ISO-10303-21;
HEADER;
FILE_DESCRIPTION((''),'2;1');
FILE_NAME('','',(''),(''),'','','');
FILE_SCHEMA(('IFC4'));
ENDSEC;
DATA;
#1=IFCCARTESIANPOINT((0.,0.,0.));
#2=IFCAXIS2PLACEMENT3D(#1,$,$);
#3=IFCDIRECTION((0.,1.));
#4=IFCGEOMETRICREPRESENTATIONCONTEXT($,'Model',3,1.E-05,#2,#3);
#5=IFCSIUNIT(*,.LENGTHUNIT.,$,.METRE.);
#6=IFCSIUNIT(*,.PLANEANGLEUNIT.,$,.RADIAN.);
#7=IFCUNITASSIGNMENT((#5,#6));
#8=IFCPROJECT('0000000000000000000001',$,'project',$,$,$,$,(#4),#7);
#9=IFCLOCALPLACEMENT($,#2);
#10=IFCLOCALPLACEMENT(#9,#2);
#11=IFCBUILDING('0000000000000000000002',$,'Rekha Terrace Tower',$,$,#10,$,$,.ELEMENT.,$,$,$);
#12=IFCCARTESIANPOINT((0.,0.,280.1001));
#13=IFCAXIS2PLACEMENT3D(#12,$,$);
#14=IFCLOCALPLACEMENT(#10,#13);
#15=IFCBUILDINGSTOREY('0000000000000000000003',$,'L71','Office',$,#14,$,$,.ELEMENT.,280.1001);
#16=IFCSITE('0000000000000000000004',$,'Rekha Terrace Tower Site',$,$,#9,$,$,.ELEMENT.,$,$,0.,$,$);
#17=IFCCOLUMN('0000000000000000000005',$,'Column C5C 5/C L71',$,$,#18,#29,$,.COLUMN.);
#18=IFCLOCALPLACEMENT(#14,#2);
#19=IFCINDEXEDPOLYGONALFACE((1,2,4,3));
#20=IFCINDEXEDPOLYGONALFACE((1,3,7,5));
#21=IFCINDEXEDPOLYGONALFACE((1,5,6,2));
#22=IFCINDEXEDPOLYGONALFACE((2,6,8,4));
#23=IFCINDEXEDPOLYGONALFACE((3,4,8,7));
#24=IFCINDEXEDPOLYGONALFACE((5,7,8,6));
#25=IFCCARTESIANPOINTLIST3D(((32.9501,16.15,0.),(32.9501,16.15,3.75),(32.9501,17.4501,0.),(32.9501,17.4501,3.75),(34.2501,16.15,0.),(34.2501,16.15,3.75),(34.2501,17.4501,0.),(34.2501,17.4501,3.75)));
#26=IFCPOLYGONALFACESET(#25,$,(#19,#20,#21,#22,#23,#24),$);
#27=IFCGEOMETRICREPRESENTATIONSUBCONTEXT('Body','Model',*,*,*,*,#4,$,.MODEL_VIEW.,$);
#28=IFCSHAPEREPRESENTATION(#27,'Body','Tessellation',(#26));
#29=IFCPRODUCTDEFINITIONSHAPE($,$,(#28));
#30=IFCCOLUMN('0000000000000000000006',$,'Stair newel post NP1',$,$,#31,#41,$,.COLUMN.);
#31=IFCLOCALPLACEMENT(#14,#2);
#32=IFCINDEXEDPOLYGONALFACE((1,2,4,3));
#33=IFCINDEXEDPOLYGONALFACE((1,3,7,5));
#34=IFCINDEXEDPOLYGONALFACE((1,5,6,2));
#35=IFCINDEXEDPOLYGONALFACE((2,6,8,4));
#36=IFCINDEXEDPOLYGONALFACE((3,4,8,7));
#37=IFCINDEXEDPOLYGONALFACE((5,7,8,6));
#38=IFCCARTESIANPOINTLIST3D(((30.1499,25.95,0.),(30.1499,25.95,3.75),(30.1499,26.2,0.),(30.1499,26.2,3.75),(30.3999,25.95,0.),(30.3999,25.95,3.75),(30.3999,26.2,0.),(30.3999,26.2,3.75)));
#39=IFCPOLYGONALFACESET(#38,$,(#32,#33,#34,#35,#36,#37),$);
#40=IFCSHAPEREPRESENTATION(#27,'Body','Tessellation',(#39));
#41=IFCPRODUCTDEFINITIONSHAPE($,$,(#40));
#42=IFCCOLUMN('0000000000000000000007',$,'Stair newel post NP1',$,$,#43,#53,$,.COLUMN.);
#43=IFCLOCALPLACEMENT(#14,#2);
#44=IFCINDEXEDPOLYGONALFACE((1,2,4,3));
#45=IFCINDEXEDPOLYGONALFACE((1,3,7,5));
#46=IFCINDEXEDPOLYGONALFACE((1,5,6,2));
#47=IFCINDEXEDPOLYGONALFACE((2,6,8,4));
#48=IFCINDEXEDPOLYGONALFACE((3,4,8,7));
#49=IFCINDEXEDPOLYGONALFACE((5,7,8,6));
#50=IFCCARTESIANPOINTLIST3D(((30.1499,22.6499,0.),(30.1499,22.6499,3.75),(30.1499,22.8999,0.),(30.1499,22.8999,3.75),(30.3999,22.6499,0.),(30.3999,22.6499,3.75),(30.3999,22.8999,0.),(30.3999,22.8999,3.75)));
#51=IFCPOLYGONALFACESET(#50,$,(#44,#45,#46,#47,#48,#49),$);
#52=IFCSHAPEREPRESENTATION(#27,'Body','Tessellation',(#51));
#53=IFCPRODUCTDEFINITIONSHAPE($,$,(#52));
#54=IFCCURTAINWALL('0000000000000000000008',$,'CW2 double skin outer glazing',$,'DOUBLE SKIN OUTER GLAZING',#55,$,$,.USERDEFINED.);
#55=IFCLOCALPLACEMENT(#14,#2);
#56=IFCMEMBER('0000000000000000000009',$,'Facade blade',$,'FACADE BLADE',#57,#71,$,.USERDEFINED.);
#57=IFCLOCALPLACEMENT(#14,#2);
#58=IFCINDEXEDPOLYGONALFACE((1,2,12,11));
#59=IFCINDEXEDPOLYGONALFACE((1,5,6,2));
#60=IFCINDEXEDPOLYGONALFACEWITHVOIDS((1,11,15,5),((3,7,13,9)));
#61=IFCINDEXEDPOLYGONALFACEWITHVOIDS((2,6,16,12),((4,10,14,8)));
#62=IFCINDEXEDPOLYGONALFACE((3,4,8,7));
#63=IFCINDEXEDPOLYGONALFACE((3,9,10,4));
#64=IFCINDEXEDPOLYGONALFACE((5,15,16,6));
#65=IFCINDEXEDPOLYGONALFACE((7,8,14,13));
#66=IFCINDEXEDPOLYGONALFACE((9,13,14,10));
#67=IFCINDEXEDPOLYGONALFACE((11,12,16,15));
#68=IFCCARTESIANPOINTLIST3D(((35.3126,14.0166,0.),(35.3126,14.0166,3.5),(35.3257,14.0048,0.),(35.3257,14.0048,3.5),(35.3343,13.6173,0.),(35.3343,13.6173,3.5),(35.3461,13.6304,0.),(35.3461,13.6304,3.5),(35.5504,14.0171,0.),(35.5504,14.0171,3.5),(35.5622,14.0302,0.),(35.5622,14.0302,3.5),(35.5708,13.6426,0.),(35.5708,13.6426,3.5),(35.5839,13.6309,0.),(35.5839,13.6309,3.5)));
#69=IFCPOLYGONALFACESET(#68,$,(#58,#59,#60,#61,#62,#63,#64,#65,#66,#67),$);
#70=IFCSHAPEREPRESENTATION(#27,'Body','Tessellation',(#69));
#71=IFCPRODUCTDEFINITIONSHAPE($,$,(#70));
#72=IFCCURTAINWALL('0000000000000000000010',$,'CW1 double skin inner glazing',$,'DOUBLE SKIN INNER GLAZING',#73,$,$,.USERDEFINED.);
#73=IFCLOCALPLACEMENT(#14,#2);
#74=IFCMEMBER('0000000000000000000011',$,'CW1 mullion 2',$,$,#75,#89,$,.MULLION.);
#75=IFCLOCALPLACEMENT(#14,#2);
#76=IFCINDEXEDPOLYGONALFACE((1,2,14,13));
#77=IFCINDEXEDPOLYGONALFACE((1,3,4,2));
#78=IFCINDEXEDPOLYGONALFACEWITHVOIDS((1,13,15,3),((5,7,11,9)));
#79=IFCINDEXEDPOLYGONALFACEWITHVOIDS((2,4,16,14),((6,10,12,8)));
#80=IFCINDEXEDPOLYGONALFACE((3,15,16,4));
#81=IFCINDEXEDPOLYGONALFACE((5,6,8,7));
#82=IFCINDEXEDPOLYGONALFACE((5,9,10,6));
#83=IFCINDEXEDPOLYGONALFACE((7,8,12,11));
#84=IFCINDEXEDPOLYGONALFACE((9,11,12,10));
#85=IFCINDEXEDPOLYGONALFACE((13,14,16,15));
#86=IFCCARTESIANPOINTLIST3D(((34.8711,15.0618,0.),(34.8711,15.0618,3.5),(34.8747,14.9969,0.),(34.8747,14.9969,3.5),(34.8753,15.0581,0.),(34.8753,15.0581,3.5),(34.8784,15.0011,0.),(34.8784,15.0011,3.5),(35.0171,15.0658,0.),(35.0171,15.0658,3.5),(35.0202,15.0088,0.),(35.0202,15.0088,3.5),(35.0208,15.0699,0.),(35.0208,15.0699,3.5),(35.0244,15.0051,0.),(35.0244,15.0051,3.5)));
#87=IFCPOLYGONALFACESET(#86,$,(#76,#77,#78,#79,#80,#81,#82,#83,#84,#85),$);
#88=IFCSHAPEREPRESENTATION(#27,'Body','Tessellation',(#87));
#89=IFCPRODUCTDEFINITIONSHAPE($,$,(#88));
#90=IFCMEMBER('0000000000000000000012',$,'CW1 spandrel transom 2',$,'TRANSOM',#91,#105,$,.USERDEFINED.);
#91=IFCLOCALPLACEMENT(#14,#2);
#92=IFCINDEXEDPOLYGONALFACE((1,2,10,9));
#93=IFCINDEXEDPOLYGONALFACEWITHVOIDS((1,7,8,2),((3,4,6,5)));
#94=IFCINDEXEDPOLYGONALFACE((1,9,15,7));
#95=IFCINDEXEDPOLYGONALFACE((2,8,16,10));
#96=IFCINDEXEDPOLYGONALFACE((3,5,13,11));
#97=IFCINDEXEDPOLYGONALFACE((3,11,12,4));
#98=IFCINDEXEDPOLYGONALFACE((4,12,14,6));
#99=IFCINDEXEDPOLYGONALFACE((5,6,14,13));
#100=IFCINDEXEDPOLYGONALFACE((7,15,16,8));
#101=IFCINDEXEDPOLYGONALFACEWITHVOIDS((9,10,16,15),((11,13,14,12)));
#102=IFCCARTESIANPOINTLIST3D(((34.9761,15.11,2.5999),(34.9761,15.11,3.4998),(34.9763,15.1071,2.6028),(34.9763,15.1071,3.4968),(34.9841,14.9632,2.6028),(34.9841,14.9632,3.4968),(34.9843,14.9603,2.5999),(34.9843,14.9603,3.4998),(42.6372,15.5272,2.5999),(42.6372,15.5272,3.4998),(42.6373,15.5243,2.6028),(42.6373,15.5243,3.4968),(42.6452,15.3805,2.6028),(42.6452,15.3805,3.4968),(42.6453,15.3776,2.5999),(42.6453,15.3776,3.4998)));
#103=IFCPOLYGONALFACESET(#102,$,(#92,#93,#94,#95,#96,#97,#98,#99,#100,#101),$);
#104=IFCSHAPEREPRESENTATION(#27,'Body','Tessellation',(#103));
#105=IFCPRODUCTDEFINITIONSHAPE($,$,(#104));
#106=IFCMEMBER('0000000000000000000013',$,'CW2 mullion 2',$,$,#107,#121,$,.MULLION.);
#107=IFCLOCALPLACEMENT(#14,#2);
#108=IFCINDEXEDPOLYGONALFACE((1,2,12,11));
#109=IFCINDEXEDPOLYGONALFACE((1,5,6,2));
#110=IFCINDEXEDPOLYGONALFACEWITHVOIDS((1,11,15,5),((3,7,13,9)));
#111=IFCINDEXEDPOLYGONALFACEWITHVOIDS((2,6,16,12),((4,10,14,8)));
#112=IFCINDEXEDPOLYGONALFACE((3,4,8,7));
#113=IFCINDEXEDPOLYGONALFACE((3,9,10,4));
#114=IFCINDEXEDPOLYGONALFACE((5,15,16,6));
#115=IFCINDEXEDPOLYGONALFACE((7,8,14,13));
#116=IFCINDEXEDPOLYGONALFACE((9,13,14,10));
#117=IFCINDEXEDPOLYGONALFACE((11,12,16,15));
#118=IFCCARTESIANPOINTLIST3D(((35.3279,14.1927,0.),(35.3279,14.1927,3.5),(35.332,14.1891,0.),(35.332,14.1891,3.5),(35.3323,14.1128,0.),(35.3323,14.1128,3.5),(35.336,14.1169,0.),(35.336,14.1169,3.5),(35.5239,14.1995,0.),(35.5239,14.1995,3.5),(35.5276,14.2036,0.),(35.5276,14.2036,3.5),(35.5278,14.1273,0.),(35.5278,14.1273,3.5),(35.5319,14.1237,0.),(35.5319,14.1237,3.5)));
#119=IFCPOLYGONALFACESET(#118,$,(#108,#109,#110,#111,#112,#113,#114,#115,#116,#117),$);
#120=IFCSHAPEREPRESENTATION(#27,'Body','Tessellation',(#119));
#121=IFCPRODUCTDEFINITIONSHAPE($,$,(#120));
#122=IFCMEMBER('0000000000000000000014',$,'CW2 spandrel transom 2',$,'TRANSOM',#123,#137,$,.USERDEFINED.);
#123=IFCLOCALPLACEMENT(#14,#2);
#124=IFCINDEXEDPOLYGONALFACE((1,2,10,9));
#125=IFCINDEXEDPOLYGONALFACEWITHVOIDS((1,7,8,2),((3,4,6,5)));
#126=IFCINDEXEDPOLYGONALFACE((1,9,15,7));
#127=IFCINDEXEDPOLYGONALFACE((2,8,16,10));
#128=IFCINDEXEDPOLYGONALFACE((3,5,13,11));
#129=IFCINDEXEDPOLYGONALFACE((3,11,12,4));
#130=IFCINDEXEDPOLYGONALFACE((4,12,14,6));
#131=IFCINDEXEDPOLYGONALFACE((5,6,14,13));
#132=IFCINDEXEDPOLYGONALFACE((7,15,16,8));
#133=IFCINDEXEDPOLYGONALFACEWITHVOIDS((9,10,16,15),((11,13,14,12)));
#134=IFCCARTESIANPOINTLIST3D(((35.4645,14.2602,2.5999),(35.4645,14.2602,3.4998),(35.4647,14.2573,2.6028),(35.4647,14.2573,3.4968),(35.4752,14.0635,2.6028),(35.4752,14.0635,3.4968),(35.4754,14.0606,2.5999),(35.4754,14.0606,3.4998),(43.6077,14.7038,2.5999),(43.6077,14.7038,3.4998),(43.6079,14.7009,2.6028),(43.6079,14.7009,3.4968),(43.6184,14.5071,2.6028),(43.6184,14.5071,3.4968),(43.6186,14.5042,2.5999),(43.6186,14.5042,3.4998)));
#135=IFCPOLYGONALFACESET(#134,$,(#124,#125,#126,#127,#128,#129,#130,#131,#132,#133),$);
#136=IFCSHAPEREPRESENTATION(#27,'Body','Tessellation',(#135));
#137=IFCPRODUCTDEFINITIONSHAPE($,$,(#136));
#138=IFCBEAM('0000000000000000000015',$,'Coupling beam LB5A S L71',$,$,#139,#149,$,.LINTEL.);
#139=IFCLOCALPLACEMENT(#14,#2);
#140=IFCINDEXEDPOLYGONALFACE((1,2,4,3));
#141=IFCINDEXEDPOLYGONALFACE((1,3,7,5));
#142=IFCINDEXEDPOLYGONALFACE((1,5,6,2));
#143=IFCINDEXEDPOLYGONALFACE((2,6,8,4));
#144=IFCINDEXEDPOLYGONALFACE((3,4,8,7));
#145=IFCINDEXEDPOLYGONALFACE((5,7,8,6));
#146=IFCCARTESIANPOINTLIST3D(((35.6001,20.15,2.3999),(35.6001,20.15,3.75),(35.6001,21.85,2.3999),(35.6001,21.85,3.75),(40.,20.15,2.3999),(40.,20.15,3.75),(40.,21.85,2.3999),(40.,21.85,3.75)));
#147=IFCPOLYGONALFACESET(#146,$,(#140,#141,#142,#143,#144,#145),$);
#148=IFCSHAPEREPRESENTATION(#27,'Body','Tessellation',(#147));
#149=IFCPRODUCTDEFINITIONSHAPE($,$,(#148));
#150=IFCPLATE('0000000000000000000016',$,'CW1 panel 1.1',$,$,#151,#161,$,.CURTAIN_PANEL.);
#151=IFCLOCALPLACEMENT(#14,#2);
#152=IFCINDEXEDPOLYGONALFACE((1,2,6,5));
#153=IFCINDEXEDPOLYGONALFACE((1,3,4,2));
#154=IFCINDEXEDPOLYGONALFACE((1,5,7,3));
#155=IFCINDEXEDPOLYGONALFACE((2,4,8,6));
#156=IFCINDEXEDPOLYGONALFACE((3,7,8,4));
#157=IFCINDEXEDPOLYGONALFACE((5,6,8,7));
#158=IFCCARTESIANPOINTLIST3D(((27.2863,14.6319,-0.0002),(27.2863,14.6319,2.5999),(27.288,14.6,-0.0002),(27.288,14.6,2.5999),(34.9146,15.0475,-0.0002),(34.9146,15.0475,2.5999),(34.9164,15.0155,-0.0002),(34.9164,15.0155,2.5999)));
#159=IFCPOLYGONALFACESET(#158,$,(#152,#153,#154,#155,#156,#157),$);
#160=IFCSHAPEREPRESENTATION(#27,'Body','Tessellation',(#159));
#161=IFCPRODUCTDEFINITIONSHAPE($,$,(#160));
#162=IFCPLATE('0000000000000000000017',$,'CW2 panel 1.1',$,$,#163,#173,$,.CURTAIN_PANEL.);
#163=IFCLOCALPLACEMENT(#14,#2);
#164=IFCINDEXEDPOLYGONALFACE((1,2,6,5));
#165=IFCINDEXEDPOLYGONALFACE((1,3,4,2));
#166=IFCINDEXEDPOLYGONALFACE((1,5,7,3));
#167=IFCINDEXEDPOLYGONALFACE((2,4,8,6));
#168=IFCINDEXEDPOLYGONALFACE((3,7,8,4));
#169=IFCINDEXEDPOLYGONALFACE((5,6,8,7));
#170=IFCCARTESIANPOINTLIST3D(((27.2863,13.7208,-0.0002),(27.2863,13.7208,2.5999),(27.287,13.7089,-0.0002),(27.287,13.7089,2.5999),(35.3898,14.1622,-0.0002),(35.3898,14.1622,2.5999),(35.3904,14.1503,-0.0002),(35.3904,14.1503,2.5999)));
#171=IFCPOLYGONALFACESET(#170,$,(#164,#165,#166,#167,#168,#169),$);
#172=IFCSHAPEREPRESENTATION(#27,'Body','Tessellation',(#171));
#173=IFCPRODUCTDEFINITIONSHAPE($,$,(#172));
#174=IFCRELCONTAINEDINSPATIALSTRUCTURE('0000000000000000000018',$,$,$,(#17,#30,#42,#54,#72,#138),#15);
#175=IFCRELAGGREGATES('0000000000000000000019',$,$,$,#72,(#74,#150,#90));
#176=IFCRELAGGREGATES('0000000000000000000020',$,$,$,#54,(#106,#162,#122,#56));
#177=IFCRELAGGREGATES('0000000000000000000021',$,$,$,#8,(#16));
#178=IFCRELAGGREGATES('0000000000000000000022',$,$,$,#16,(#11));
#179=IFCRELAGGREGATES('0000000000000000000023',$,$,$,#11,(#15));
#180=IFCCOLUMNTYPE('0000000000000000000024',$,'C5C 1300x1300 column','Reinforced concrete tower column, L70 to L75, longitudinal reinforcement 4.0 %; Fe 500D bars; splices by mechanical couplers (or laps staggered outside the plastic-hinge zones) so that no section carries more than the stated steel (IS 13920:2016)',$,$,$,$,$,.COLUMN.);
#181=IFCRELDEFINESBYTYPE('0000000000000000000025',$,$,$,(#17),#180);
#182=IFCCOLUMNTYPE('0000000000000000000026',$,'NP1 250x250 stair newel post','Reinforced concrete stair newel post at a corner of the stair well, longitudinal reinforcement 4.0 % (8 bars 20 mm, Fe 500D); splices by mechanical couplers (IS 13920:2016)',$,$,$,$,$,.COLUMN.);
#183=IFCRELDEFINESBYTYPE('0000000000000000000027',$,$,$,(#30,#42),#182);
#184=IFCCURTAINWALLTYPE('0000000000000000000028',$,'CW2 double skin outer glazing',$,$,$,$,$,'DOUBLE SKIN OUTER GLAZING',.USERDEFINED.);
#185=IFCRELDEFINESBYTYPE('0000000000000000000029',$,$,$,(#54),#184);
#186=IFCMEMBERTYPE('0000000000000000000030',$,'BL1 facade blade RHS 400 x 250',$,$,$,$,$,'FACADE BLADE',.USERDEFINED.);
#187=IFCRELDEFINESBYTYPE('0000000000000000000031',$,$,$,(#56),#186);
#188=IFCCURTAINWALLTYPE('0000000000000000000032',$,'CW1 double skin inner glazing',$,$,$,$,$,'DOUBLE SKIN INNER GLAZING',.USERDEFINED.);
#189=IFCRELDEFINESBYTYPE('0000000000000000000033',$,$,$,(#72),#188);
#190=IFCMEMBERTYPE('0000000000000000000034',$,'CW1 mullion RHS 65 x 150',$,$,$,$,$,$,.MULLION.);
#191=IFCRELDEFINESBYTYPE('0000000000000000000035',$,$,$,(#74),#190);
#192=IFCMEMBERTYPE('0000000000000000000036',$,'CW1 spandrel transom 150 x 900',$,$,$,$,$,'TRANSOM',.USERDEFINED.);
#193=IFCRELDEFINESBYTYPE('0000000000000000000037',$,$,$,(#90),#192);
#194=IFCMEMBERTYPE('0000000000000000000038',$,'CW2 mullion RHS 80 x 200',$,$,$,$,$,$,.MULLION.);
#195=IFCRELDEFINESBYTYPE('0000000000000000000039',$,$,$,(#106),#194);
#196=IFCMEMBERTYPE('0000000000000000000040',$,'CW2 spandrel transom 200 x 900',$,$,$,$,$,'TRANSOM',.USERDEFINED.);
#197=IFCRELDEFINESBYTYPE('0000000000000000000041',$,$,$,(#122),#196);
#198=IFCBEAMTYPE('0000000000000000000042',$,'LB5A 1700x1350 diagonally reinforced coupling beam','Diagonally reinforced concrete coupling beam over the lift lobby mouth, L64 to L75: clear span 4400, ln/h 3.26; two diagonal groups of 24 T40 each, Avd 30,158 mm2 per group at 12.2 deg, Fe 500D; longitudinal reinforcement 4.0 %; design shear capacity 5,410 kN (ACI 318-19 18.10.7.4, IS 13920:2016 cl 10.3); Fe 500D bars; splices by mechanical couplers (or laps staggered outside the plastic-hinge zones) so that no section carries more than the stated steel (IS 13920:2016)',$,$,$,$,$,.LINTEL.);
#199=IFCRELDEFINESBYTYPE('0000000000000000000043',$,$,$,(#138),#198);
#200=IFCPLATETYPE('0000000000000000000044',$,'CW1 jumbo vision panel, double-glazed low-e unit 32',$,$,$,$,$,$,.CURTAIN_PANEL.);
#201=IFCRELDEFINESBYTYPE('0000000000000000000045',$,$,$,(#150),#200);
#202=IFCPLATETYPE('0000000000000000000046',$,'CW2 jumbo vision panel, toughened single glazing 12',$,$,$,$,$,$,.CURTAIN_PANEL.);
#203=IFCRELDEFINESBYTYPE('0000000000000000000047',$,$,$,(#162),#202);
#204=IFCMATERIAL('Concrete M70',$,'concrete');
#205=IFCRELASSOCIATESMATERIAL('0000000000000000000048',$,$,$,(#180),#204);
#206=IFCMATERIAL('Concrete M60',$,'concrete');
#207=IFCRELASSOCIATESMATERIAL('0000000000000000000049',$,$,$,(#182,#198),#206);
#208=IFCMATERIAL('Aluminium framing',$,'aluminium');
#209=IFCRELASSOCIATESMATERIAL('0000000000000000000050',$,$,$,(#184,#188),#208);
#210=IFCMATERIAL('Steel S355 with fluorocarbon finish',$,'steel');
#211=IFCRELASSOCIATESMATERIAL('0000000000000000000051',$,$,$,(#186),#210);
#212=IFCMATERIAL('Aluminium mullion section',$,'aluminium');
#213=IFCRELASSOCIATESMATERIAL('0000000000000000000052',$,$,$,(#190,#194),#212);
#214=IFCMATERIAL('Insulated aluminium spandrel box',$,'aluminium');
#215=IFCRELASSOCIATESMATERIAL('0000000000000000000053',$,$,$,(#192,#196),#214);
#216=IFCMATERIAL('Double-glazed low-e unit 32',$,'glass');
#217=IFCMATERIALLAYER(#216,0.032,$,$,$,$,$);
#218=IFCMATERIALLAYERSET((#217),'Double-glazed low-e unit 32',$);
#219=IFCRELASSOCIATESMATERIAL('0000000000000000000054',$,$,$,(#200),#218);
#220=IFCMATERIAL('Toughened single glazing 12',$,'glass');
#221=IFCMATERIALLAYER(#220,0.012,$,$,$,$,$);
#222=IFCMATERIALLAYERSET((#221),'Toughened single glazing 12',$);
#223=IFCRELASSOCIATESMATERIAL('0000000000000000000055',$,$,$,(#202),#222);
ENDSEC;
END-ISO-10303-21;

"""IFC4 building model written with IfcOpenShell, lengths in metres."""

from ifc_helpers import new_model, si_unit, direction, frame, origin, origin_2d, place, context, subcontext, project, spatial, rectangle, hollow_rectangle, extrude, material, layer, layer_set, material_profile, profile_set, type_object, element, aggregate, save


model = new_model("IFC4")

# Units and contexts
model_context = context("Model", 3, precision=1e-05, world=origin(), true_north=direction((0.0, 1.0)))
body_context = subcontext(model_context, "Body", "Model", "MODEL_VIEW")
ifc_project = project(units=[si_unit("LENGTHUNIT", "METRE"), si_unit("PLANEANGLEUNIT", "RADIAN")], contexts=[model_context])

# Site, building, storey
site_placement = place(None, origin())
site = spatial("IfcSite", under=ifc_project, at=site_placement, Name="Rekha Terrace Tower Site", CompositionType="ELEMENT", RefElevation=0.0)
building_placement = place(site_placement, origin())
building = spatial("IfcBuilding", under=site, at=building_placement, Name="Rekha Terrace Tower", CompositionType="ELEMENT")
storey_placement = place(building_placement, frame((0.0, 0.0, 280.1001)))
storey = spatial("IfcBuildingStorey", under=building, at=storey_placement, Name="L71", Description="Office", CompositionType="ELEMENT", Elevation=280.1001)

# Columns
ifc_material_1 = material(Name="Concrete M70", Category="concrete")
ifc_material_profile_1 = material_profile(ifc_material_1, rectangle(XDim=1.3, YDim=1.3, at=origin_2d()), Name="RC 1300x1300")
ifc_profile_set_1 = profile_set([ifc_material_profile_1], Name="Concrete M70")
column_type_1 = type_object("IfcColumnType", Name="C5C 1300x1300 column", Description="Reinforced concrete tower column, L70 to L75, longitudinal reinforcement 4.0 %; Fe 500D bars; splices by mechanical couplers (or laps staggered outside the plastic-hinge zones) so that no section carries more than the stated steel (IS 13920:2016)", PredefinedType="COLUMN", material=ifc_profile_set_1)
column_placement = place(storey_placement, frame((33.6001, 16.8, 0.0), z_axis=(0.0, 0.0, 1.0), x_axis=(1.0, 0.0, 0.0)))
element("IfcColumn", 1, at=column_placement, inside=storey, type_object=column_type_1, Name="Column C5C 5/C L71", PredefinedType="COLUMN", context=body_context, shape_type="SweptSolid", body=[
    extrude(rectangle(XDim=1.3, YDim=1.3, at=origin_2d()), origin(), (0.0, 0.0, 1.0), 3.75),
])
ifc_material_2 = material(Name="Concrete M60", Category="concrete")
ifc_material_profile_2 = material_profile(ifc_material_2, rectangle(XDim=0.25, YDim=0.25, at=origin_2d()), Name="RC 250x250")
ifc_profile_set_2 = profile_set([ifc_material_profile_2], Name="Concrete M60")
column_type_2 = type_object("IfcColumnType", Name="NP1 250x250 stair newel post", Description="Reinforced concrete stair newel post at a corner of the stair well, longitudinal reinforcement 4.0 % (8 bars 20 mm, Fe 500D); splices by mechanical couplers (IS 13920:2016)", PredefinedType="COLUMN", material=ifc_profile_set_2)
for number, where, z_axis, x_axis, name in (
    (2, (30.2749, 26.075, 0.0), (0.0, 0.0, 1.0), (1.0, 0.0, 0.0), "Stair newel post NP1"),
    (3, (30.2749, 22.7749, 0.0), (0.0, 0.0, 1.0), (1.0, 0.0, 0.0), "Stair newel post NP1"),
):
    element("IfcColumn", number, at=place(storey_placement, frame(where, z_axis=z_axis, x_axis=x_axis)), inside=storey, type_object=column_type_2, Name=name, PredefinedType="COLUMN", context=body_context, shape_type="SweptSolid", body=[
        extrude(rectangle(XDim=0.25, YDim=0.25, at=origin_2d()), origin(), (0.0, 0.0, 1.0), 3.75),
    ])

# Curtain wall, member
ifc_material_3 = material(Name="Aluminium framing", Category="aluminium")
curtain_wall_type_1 = type_object("IfcCurtainWallType", Name="CW2 double skin outer glazing", ElementType="DOUBLE SKIN OUTER GLAZING", PredefinedType="USERDEFINED", material=ifc_material_3)
curtain_wall_1_placement = place(storey_placement, origin())
curtain_wall_1 = element("IfcCurtainWall", 4, at=curtain_wall_1_placement, inside=storey, type_object=curtain_wall_type_1, Name="CW2 double skin outer glazing", ObjectType="DOUBLE SKIN OUTER GLAZING", PredefinedType="USERDEFINED")
ifc_material_4 = material(Name="Steel S355 with fluorocarbon finish", Category="steel")
ifc_material_profile_3 = material_profile(ifc_material_4, hollow_rectangle(XDim=0.25, YDim=0.3999, WallThickness=0.0125, at=origin_2d()), Name="RHS400x250x12.5")
ifc_profile_set_3 = profile_set([ifc_material_profile_3], Name="Steel S355 with fluorocarbon finish")
member_type_1 = type_object("IfcMemberType", Name="BL1 facade blade RHS 400 x 250", ElementType="FACADE BLADE", PredefinedType="USERDEFINED", material=ifc_profile_set_3)
member_1_placement = place(storey_placement, frame((35.4482, 13.8237, 0.0), z_axis=(0.0, 0.0, 1.0), x_axis=(0.99852, 0.054389, 0.0)))
member_1 = element("IfcMember", 5, at=member_1_placement, type_object=member_type_1, Name="Facade blade", ObjectType="FACADE BLADE", PredefinedType="USERDEFINED", context=body_context, shape_type="SweptSolid", body=[
    extrude(hollow_rectangle(XDim=0.25, YDim=0.3999, WallThickness=0.0125, at=origin_2d()), origin(), (0.0, 0.0, 1.0), 3.5),
])

# Curtain wall, members
curtain_wall_type_2 = type_object("IfcCurtainWallType", Name="CW1 double skin inner glazing", ElementType="DOUBLE SKIN INNER GLAZING", PredefinedType="USERDEFINED", material=ifc_material_3)
curtain_wall_2_placement = place(storey_placement, origin())
curtain_wall_2 = element("IfcCurtainWall", 6, at=curtain_wall_2_placement, inside=storey, type_object=curtain_wall_type_2, Name="CW1 double skin inner glazing", ObjectType="DOUBLE SKIN INNER GLAZING", PredefinedType="USERDEFINED")
ifc_material_5 = material(Name="Aluminium mullion section", Category="aluminium")
ifc_material_profile_4 = material_profile(ifc_material_5, hollow_rectangle(XDim=0.0649, YDim=0.1499, WallThickness=0.0039, at=origin_2d()), Name="AL RHS 65x150")
ifc_profile_set_4 = profile_set([ifc_material_profile_4], Name="Aluminium mullion section")
member_type_2 = type_object("IfcMemberType", Name="CW1 mullion RHS 65 x 150", PredefinedType="MULLION", material=ifc_profile_set_4)
member_2_placement = place(storey_placement, frame((34.9478, 15.0334, 0.0), z_axis=(0.0, 0.0, 1.0), x_axis=(-0.054389, 0.99852, 0.0)))
member_2 = element("IfcMember", 7, at=member_2_placement, type_object=member_type_2, Name="CW1 mullion 2", PredefinedType="MULLION", context=body_context, shape_type="SweptSolid", body=[
    extrude(hollow_rectangle(XDim=0.0649, YDim=0.1499, WallThickness=0.0039, at=origin_2d()), origin(), (0.0, 0.0, 1.0), 3.5),
])
ifc_material_6 = material(Name="Insulated aluminium spandrel box", Category="aluminium")
ifc_material_profile_5 = material_profile(ifc_material_6, hollow_rectangle(XDim=0.1499, YDim=0.8999, WallThickness=0.0029, at=origin_2d()), Name="AL SPANDREL BOX 150x900")
ifc_profile_set_5 = profile_set([ifc_material_profile_5], Name="Insulated aluminium spandrel box")
member_type_3 = type_object("IfcMemberType", Name="CW1 spandrel transom 150 x 900", ElementType="TRANSOM", PredefinedType="USERDEFINED", material=ifc_profile_set_5)
member_3_placement = place(storey_placement, frame((34.9802, 15.0352, 3.0498), z_axis=(0.99852, 0.054383, 0.0), x_axis=(-0.054383, 0.99852, 0.0)))
member_3 = element("IfcMember", 8, at=member_3_placement, type_object=member_type_3, Name="CW1 spandrel transom 2", ObjectType="TRANSOM", PredefinedType="USERDEFINED", context=body_context, shape_type="SweptSolid", body=[
    extrude(hollow_rectangle(XDim=0.1499, YDim=0.8999, WallThickness=0.0029, at=origin_2d()), origin(), (0.0, 0.0, 1.0), 7.6724),
])

# Members
ifc_material_profile_6 = material_profile(ifc_material_5, hollow_rectangle(XDim=0.0801, YDim=0.2, WallThickness=0.0039, at=origin_2d()), Name="AL RHS 80x200")
ifc_profile_set_6 = profile_set([ifc_material_profile_6], Name="Aluminium mullion section")
member_type_4 = type_object("IfcMemberType", Name="CW2 mullion RHS 80 x 200", PredefinedType="MULLION", material=ifc_profile_set_6)
member_4_placement = place(storey_placement, frame((35.4299, 14.1582, 0.0), z_axis=(0.0, 0.0, 1.0), x_axis=(-0.054389, 0.99852, 0.0)))
member_4 = element("IfcMember", 9, at=member_4_placement, type_object=member_type_4, Name="CW2 mullion 2", PredefinedType="MULLION", context=body_context, shape_type="SweptSolid", body=[
    extrude(hollow_rectangle(XDim=0.0801, YDim=0.2, WallThickness=0.0039, at=origin_2d()), origin(), (0.0, 0.0, 1.0), 3.5),
])
ifc_material_profile_7 = material_profile(ifc_material_6, hollow_rectangle(XDim=0.2, YDim=0.8999, WallThickness=0.0029, at=origin_2d()), Name="AL SPANDREL BOX 200x900")
ifc_profile_set_7 = profile_set([ifc_material_profile_7], Name="Insulated aluminium spandrel box")
member_type_5 = type_object("IfcMemberType", Name="CW2 spandrel transom 200 x 900", ElementType="TRANSOM", PredefinedType="USERDEFINED", material=ifc_profile_set_7)
member_5_placement = place(storey_placement, frame((35.47, 14.1604, 3.0498), z_axis=(0.99852, 0.054394, 0.0), x_axis=(-0.054394, 0.99852, 0.0)))
member_5 = element("IfcMember", 10, at=member_5_placement, type_object=member_type_5, Name="CW2 spandrel transom 2", ObjectType="TRANSOM", PredefinedType="USERDEFINED", context=body_context, shape_type="SweptSolid", body=[
    extrude(hollow_rectangle(XDim=0.2, YDim=0.8999, WallThickness=0.0029, at=origin_2d()), origin(), (0.0, 0.0, 1.0), 8.1553),
])

# Beam
ifc_material_profile_8 = material_profile(ifc_material_2, rectangle(XDim=1.7, YDim=1.3501, at=origin_2d()), Name="RC 1700x1350")
ifc_profile_set_8 = profile_set([ifc_material_profile_8], Name="Concrete M60")
beam_type = type_object("IfcBeamType", Name="LB5A 1700x1350 diagonally reinforced coupling beam", Description="Diagonally reinforced concrete coupling beam over the lift lobby mouth, L64 to L75: clear span 4400, ln/h 3.26; two diagonal groups of 24 T40 each, Avd 30,158 mm2 per group at 12.2 deg, Fe 500D; longitudinal reinforcement 4.0 %; design shear capacity 5,410 kN (ACI 318-19 18.10.7.4, IS 13920:2016 cl 10.3); Fe 500D bars; splices by mechanical couplers (or laps staggered outside the plastic-hinge zones) so that no section carries more than the stated steel (IS 13920:2016)", PredefinedType="LINTEL", material=ifc_profile_set_8)
beam_placement = place(storey_placement, frame((35.6001, 21.0, 3.075), z_axis=(1.0, 0.0, 0.0), x_axis=(0.0, 1.0, 0.0)))
element("IfcBeam", 11, at=beam_placement, inside=storey, type_object=beam_type, Name="Coupling beam LB5A S L71", PredefinedType="LINTEL", context=body_context, shape_type="SweptSolid", body=[
    extrude(rectangle(XDim=1.7, YDim=1.3501, at=origin_2d()), origin(), (0.0, 0.0, 1.0), 4.3999),
])

# Plates
ifc_material_7 = material(Name="Double-glazed low-e unit 32", Category="glass")
ifc_layer_1 = layer(ifc_material_7, 0.032)
ifc_layer_set_1 = layer_set([ifc_layer_1], Name="Double-glazed low-e unit 32")
plate_type_1 = type_object("IfcPlateType", Name="CW1 jumbo vision panel, double-glazed low-e unit 32", PredefinedType="CURTAIN_PANEL", material=ifc_layer_set_1)
plate_1_placement = place(storey_placement, frame((31.1013, 14.8237, -0.0002), z_axis=(0.0, 0.0, 1.0), x_axis=(0.99852, 0.054389, 0.0)))
plate_1 = element("IfcPlate", 12, at=plate_1_placement, type_object=plate_type_1, Name="CW1 panel 1.1", PredefinedType="CURTAIN_PANEL", context=body_context, shape_type="SweptSolid", body=[
    extrude(rectangle(XDim=7.6396, YDim=0.032, at=origin_2d()), origin(), (0.0, 0.0, 1.0), 2.6001),
])
aggregate(curtain_wall_2, [member_2, plate_1, member_3])
ifc_material_8 = material(Name="Toughened single glazing 12", Category="glass")
ifc_layer_2 = layer(ifc_material_8, 0.012)
ifc_layer_set_2 = layer_set([ifc_layer_2], Name="Toughened single glazing 12")
plate_type_2 = type_object("IfcPlateType", Name="CW2 jumbo vision panel, toughened single glazing 12", PredefinedType="CURTAIN_PANEL", material=ifc_layer_set_2)
plate_2_placement = place(storey_placement, frame((31.3384, 13.9355, -0.0002), z_axis=(0.0, 0.0, 1.0), x_axis=(0.99852, 0.054389, 0.0)))
plate_2 = element("IfcPlate", 13, at=plate_2_placement, type_object=plate_type_2, Name="CW2 panel 1.1", PredefinedType="CURTAIN_PANEL", context=body_context, shape_type="SweptSolid", body=[
    extrude(rectangle(XDim=8.1155, YDim=0.012, at=origin_2d()), origin(), (0.0, 0.0, 1.0), 2.6001),
])
aggregate(curtain_wall_1, [member_4, plate_2, member_5, member_1])

save(model, "model.ifc")
